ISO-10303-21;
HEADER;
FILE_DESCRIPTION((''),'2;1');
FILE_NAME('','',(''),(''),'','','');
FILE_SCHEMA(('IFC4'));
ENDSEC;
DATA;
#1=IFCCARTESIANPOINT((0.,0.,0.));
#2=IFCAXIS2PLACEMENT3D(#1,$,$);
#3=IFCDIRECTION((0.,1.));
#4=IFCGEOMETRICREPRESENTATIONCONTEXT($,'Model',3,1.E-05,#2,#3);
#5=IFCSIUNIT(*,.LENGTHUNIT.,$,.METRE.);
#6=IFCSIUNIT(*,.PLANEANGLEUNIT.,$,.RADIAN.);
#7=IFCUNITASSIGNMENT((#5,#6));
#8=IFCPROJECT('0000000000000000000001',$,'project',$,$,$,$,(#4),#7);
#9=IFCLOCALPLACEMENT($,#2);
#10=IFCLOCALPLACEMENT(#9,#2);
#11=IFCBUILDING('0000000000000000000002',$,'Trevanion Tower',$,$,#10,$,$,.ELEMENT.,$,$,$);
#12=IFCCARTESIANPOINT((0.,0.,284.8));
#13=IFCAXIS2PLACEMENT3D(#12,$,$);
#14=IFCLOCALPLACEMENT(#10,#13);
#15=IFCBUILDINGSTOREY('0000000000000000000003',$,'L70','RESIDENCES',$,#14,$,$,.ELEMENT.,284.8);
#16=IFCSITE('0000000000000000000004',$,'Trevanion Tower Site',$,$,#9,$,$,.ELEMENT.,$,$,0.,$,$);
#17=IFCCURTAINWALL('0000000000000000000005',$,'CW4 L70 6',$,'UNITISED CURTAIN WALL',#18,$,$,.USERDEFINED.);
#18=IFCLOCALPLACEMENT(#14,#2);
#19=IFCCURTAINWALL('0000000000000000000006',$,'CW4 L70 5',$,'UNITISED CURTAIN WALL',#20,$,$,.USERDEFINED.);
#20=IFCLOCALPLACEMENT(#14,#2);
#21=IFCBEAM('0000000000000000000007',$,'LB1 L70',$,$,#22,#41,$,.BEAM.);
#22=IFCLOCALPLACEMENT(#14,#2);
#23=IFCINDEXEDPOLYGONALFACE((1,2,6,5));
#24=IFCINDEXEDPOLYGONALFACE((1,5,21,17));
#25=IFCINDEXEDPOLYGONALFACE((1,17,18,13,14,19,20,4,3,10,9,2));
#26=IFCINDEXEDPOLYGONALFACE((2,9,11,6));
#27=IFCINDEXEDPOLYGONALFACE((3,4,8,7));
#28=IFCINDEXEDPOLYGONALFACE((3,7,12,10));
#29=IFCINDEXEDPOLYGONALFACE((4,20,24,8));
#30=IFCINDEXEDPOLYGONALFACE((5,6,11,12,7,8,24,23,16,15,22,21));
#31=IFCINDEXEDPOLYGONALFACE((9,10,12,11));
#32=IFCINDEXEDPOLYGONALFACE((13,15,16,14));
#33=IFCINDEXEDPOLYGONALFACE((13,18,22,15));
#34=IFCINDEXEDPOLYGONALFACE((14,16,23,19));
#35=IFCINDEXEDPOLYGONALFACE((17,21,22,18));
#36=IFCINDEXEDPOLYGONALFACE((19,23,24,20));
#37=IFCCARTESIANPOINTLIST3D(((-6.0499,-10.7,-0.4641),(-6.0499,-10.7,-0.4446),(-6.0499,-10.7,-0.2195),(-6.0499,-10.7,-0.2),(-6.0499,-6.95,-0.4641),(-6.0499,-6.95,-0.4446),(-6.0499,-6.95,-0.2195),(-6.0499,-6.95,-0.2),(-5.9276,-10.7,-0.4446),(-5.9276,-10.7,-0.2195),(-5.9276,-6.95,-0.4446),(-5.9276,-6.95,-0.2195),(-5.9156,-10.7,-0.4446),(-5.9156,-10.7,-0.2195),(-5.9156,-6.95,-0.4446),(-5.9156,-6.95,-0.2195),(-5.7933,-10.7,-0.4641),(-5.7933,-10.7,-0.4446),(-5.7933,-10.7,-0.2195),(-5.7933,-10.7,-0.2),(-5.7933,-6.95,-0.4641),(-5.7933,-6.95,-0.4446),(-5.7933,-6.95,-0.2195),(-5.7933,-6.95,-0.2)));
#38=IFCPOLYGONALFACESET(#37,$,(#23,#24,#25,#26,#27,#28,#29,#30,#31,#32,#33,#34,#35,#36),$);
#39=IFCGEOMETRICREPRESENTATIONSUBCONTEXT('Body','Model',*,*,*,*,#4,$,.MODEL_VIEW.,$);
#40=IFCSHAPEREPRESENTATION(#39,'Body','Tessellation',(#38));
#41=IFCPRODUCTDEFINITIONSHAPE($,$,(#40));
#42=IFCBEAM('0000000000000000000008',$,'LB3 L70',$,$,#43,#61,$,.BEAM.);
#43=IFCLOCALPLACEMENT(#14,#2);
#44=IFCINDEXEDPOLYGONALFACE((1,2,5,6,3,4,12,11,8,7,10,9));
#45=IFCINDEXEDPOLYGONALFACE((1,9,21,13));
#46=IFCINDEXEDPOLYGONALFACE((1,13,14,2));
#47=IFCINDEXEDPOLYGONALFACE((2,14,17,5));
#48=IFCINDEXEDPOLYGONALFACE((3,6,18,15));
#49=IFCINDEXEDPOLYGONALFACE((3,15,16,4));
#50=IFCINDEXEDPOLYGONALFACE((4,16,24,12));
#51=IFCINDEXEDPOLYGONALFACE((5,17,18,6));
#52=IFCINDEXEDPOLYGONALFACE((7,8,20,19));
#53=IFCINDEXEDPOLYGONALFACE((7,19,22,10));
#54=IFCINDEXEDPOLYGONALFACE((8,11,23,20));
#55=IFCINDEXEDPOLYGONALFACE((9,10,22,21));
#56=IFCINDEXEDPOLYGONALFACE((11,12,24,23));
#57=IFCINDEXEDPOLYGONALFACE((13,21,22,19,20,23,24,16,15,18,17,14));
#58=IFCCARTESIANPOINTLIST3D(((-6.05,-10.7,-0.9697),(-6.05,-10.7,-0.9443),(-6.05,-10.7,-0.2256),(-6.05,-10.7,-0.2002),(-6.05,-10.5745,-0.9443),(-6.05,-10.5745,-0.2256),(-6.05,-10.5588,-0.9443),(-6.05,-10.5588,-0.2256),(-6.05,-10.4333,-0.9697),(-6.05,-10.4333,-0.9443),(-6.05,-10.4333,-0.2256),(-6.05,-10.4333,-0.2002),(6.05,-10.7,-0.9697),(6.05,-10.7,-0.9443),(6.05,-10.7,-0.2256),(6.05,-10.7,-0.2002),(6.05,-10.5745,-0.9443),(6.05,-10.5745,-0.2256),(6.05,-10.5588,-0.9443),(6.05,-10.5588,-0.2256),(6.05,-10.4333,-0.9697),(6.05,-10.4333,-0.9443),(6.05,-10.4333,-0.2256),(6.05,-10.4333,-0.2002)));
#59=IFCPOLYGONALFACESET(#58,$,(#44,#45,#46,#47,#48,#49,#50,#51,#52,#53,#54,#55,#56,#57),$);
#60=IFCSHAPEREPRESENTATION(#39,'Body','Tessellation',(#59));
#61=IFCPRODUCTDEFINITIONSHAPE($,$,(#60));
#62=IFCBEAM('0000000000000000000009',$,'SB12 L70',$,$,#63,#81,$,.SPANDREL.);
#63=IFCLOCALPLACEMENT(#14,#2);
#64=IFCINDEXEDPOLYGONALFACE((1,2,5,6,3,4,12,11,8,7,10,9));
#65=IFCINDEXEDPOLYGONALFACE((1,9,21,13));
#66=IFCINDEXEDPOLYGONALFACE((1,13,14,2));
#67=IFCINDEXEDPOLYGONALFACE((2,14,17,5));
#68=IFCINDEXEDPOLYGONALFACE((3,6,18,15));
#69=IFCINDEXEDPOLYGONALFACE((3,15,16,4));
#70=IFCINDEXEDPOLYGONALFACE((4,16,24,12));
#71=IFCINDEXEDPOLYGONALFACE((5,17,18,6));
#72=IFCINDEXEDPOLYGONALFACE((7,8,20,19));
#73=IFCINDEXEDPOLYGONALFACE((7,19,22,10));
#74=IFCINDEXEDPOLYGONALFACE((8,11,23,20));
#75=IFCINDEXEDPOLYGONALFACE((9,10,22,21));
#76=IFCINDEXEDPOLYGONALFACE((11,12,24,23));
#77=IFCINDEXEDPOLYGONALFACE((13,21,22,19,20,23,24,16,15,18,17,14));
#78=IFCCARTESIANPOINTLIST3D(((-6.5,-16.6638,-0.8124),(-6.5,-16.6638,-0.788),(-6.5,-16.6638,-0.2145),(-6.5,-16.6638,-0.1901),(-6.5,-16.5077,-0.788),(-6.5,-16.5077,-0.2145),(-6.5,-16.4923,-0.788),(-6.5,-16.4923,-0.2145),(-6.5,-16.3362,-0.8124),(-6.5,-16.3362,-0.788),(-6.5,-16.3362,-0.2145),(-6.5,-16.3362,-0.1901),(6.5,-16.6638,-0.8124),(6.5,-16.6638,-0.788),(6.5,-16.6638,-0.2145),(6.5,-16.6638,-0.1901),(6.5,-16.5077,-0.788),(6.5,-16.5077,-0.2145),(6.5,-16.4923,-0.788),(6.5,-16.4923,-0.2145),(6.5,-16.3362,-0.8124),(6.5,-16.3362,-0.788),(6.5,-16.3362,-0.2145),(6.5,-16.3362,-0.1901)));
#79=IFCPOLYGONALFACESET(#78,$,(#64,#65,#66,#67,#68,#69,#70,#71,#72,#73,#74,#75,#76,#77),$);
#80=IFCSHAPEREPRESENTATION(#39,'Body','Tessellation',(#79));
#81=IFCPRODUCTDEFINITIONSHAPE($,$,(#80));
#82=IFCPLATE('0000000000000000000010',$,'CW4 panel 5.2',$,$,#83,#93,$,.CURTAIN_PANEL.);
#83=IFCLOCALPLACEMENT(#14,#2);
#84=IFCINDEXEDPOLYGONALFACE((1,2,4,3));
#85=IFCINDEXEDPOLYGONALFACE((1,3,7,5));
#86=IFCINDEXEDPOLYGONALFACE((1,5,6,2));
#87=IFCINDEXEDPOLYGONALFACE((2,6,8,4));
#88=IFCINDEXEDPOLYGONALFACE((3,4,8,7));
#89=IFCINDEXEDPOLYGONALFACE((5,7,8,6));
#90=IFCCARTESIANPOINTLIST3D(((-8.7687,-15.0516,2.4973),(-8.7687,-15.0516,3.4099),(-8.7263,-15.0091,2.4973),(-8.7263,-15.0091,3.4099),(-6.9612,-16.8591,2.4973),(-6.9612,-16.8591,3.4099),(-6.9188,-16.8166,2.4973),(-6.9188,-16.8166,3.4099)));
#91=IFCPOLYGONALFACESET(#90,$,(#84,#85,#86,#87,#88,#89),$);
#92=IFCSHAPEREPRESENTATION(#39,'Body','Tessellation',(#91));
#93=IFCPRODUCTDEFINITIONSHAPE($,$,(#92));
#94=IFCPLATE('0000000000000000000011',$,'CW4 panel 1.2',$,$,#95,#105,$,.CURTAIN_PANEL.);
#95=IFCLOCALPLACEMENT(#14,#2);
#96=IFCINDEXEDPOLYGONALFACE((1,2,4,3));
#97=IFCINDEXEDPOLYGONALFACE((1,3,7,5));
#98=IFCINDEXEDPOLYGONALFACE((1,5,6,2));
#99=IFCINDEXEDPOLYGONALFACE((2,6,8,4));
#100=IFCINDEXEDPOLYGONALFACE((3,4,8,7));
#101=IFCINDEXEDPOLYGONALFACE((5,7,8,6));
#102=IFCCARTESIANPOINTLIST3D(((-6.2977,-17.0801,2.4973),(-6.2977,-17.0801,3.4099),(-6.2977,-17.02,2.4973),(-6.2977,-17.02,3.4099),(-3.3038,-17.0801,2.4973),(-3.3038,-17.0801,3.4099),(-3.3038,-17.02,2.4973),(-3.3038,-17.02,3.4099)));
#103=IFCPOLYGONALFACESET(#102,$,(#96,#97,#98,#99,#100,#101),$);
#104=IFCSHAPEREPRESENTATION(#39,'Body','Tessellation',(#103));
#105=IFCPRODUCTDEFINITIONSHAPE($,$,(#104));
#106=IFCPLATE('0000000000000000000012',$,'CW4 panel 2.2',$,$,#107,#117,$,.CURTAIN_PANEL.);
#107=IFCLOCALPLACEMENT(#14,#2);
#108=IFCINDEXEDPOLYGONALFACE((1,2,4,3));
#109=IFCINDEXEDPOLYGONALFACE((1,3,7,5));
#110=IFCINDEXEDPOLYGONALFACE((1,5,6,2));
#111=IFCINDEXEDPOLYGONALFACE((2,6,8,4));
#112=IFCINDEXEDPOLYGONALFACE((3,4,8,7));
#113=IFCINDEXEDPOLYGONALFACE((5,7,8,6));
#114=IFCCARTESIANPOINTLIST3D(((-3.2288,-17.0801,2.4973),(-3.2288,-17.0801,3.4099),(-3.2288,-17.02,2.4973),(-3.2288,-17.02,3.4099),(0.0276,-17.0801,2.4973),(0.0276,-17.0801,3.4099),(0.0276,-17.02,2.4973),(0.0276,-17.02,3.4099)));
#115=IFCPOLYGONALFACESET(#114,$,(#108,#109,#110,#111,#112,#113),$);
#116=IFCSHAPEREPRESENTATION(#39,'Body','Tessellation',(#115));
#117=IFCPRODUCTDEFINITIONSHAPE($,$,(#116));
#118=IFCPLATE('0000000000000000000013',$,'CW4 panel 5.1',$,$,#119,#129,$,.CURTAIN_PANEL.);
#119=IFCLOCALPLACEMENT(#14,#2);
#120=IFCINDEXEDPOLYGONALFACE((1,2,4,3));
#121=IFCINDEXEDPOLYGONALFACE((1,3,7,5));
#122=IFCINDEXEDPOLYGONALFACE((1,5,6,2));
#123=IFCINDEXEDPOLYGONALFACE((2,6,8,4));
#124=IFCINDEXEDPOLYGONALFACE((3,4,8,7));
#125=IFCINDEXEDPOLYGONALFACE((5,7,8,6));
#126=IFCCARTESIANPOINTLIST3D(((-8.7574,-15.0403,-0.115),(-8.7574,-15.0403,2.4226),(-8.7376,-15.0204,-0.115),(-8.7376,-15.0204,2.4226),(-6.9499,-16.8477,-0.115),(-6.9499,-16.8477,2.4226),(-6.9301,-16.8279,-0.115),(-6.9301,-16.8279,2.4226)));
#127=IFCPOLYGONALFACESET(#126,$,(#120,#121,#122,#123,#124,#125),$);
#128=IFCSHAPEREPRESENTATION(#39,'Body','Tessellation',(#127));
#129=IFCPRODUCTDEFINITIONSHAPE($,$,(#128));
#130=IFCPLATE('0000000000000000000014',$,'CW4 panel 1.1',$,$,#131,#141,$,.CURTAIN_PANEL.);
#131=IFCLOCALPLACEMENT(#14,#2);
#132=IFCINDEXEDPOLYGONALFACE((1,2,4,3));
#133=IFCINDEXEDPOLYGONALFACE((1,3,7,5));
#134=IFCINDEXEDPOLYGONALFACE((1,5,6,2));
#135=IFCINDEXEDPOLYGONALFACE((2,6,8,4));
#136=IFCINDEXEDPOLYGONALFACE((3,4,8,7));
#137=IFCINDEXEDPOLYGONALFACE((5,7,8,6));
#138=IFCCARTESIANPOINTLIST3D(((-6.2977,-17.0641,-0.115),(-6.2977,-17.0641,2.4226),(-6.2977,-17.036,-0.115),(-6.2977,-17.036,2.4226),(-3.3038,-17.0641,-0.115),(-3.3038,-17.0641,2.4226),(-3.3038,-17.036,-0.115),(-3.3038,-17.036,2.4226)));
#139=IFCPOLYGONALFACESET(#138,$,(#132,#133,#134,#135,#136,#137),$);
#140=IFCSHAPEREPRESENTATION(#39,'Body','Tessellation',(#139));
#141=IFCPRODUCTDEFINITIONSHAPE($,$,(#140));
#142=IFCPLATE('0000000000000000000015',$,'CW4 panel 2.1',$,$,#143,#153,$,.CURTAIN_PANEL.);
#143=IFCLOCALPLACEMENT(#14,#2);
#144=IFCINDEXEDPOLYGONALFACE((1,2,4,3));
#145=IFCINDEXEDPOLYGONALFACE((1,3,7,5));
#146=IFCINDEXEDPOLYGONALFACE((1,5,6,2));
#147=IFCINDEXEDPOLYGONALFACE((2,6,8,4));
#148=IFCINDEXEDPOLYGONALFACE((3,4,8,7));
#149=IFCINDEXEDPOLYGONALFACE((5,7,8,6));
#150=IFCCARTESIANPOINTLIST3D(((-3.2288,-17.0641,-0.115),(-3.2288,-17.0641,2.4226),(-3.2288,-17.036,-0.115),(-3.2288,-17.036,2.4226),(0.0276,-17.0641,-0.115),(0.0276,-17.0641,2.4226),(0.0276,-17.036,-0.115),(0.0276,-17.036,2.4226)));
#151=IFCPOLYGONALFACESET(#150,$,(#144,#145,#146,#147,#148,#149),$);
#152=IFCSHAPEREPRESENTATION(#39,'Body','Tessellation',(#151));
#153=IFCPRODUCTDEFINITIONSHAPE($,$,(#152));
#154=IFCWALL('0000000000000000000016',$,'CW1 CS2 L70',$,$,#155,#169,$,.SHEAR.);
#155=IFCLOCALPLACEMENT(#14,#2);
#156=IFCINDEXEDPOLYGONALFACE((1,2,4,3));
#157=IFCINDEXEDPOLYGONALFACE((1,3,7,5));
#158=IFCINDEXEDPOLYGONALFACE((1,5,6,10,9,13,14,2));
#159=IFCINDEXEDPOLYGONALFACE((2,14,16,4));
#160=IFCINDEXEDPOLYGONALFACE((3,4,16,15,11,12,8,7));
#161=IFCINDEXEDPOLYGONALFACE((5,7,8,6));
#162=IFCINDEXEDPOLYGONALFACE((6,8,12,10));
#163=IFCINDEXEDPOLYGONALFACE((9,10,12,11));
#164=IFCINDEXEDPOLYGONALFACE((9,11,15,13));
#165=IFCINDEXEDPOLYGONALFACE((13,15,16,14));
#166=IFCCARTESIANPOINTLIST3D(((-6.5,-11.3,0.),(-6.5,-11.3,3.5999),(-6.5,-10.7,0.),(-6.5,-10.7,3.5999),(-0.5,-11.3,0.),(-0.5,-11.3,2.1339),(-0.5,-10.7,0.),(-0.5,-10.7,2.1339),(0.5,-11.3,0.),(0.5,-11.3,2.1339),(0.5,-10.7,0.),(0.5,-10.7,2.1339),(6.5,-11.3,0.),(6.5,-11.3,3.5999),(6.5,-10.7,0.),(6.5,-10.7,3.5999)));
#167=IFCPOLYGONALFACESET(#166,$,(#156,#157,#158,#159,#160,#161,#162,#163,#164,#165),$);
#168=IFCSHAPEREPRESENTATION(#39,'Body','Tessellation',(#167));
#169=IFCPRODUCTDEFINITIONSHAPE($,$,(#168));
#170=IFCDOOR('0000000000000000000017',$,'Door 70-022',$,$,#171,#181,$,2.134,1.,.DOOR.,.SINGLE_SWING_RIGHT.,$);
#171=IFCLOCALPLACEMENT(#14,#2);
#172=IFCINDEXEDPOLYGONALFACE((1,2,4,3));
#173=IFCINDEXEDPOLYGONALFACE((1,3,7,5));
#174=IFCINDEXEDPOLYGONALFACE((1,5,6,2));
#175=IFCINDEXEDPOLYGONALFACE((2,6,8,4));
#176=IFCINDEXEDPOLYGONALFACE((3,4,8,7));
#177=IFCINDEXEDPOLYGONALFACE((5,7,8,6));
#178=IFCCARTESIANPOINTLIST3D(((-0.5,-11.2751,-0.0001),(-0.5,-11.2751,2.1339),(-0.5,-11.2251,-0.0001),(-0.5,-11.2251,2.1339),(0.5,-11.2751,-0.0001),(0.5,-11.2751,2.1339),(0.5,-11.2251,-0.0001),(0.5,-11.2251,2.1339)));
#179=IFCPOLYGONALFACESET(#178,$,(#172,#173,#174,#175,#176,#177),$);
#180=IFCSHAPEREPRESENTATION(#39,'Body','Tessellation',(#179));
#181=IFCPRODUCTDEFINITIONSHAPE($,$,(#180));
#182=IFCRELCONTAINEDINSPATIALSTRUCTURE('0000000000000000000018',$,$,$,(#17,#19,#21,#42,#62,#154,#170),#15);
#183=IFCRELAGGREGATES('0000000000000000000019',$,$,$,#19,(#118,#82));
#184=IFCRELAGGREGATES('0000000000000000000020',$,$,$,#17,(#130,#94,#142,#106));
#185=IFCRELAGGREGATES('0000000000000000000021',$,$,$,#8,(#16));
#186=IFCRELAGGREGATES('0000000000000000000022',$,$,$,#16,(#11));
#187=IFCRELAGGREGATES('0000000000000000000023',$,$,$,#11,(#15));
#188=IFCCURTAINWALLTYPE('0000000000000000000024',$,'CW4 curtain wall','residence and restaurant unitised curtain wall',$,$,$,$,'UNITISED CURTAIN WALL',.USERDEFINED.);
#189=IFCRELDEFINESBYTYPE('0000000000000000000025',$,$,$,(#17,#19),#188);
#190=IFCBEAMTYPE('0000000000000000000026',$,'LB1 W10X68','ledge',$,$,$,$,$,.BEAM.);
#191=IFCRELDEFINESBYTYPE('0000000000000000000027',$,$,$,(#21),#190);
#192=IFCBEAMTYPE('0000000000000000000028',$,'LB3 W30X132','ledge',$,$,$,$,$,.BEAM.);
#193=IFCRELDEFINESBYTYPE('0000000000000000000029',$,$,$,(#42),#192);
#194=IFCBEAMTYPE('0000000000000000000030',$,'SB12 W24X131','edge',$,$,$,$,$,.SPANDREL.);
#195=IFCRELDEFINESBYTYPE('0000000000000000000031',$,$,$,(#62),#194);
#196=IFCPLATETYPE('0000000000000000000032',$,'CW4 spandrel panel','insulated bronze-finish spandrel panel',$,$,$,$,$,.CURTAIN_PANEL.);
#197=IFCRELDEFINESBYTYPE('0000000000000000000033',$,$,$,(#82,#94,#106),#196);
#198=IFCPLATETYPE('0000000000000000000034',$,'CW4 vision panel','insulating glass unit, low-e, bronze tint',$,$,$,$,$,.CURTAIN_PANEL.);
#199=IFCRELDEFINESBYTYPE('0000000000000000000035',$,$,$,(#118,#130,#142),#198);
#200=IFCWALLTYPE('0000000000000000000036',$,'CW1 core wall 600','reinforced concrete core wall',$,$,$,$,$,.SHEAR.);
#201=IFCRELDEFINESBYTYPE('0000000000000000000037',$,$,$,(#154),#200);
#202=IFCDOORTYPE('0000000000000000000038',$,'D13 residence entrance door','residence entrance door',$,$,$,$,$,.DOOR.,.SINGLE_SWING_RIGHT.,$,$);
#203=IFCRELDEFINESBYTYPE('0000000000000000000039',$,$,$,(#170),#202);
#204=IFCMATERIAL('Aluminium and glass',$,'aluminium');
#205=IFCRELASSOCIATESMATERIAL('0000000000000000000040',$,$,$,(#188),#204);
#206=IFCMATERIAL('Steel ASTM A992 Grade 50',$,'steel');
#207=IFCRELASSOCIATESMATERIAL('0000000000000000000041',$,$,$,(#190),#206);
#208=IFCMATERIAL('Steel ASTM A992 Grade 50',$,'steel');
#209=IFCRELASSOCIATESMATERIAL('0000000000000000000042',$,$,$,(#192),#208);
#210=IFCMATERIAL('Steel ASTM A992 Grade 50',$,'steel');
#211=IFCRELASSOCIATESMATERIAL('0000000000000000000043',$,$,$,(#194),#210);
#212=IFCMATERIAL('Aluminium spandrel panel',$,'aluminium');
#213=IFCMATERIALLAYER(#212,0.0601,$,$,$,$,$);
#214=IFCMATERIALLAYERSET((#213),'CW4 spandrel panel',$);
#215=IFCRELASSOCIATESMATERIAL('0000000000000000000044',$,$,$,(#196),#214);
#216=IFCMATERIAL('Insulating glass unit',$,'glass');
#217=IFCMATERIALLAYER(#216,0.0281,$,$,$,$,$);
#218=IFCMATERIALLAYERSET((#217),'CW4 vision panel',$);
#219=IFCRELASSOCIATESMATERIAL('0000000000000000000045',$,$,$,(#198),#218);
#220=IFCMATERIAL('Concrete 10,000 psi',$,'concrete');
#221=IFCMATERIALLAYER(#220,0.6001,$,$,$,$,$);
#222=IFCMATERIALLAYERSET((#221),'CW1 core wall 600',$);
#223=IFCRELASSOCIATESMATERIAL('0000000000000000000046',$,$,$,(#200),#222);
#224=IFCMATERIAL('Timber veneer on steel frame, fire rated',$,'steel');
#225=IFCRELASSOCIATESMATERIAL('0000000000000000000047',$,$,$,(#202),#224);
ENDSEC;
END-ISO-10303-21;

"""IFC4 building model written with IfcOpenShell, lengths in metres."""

from ifc_helpers import new_model, si_unit, direction, frame, frame_2d, origin, origin_2d, place, context, subcontext, project, spatial, rectangle, i_section, extrude, material, layer, layer_set, material_profile, profile_set, type_object, element, fill, aggregate, save


model = new_model("IFC4")

# Units and contexts
model_context = context("Model", 3, precision=1e-05, world=origin(), true_north=direction((0.0, 1.0)))
body_context = subcontext(model_context, "Body", "Model", "MODEL_VIEW")
ifc_project = project(units=[si_unit("LENGTHUNIT", "METRE"), si_unit("PLANEANGLEUNIT", "RADIAN")], contexts=[model_context])

# Site, building, storey
site_placement = place(None, origin())
site = spatial("IfcSite", under=ifc_project, at=site_placement, Name="Trevanion Tower Site", CompositionType="ELEMENT", RefElevation=0.0)
building_placement = place(site_placement, origin())
building = spatial("IfcBuilding", under=site, at=building_placement, Name="Trevanion Tower", CompositionType="ELEMENT")
storey_placement = place(building_placement, frame((0.0, 0.0, 284.8)))
storey = spatial("IfcBuildingStorey", under=building, at=storey_placement, Name="L70", Description="RESIDENCES", CompositionType="ELEMENT", Elevation=284.8)

# Curtain walls
ifc_material_1 = material(Name="Aluminium and glass", Category="aluminium")
curtain_wall_type = type_object("IfcCurtainWallType", Name="CW4 curtain wall", Description="residence and restaurant unitised curtain wall", ElementType="UNITISED CURTAIN WALL", PredefinedType="USERDEFINED", material=ifc_material_1)
curtain_wall_1_placement = place(storey_placement, origin())
curtain_wall_1 = element("IfcCurtainWall", 1, at=curtain_wall_1_placement, inside=storey, type_object=curtain_wall_type, Name="CW4 L70 6", ObjectType="UNITISED CURTAIN WALL", PredefinedType="USERDEFINED")
curtain_wall_2_placement = place(storey_placement, origin())
curtain_wall_2 = element("IfcCurtainWall", 2, at=curtain_wall_2_placement, inside=storey, type_object=curtain_wall_type, Name="CW4 L70 5", ObjectType="UNITISED CURTAIN WALL", PredefinedType="USERDEFINED")

# Beams
ifc_material_2 = material(Name="Steel ASTM A992 Grade 50", Category="steel")
ifc_material_profile_1 = material_profile(ifc_material_2, i_section(OverallWidth=0.2566, OverallDepth=0.2642, WebThickness=0.012, FlangeThickness=0.0195, at=origin_2d()), Name="W10X68")
ifc_profile_set_1 = profile_set([ifc_material_profile_1], Name="Steel ASTM A992 Grade 50")
beam_type_1 = type_object("IfcBeamType", Name="LB1 W10X68", Description="ledge", PredefinedType="BEAM", material=ifc_profile_set_1)
beam_1_placement = place(storey_placement, frame((-5.9216, -10.7, -0.332), z_axis=(0.0, 1.0, 0.0), x_axis=(-1.0, 0.0, 0.0)))
element("IfcBeam", 3, at=beam_1_placement, inside=storey, type_object=beam_type_1, Name="LB1 L70", PredefinedType="BEAM", context=body_context, shape_type="SweptSolid", body=[
    extrude(i_section(OverallWidth=0.2566, OverallDepth=0.2642, WebThickness=0.012, FlangeThickness=0.0195, at=origin_2d()), origin(), (0.0, 0.0, 1.0), 3.75),
])
ifc_material_3 = material(Name="Steel ASTM A992 Grade 50", Category="steel")
ifc_material_profile_2 = material_profile(ifc_material_3, i_section(OverallWidth=0.2666, OverallDepth=0.7695, WebThickness=0.0156, FlangeThickness=0.0254, at=origin_2d()), Name="W30X132")
ifc_profile_set_2 = profile_set([ifc_material_profile_2], Name="Steel ASTM A992 Grade 50")
beam_type_2 = type_object("IfcBeamType", Name="LB3 W30X132", Description="ledge", PredefinedType="BEAM", material=ifc_profile_set_2)
beam_2_placement = place(storey_placement, frame((-6.05, -10.5667, -0.585), z_axis=(1.0, 0.0, 0.0), x_axis=(0.0, 1.0, 0.0)))
element("IfcBeam", 4, at=beam_2_placement, inside=storey, type_object=beam_type_2, Name="LB3 L70", PredefinedType="BEAM", context=body_context, shape_type="SweptSolid", body=[
    extrude(i_section(OverallWidth=0.2666, OverallDepth=0.7695, WebThickness=0.0156, FlangeThickness=0.0254, at=origin_2d()), origin(), (0.0, 0.0, 1.0), 12.1001),
])
ifc_material_4 = material(Name="Steel ASTM A992 Grade 50", Category="steel")
ifc_material_profile_3 = material_profile(ifc_material_4, i_section(OverallWidth=0.3276, OverallDepth=0.6223, WebThickness=0.0154, FlangeThickness=0.0244, at=origin_2d()), Name="W24X131")
ifc_profile_set_3 = profile_set([ifc_material_profile_3], Name="Steel ASTM A992 Grade 50")
beam_type_3 = type_object("IfcBeamType", Name="SB12 W24X131", Description="edge", PredefinedType="SPANDREL", material=ifc_profile_set_3)
beam_3_placement = place(storey_placement, frame((-6.5, -16.5, -0.5012), z_axis=(1.0, 0.0, 0.0), x_axis=(0.0, 1.0, 0.0)))
element("IfcBeam", 5, at=beam_3_placement, inside=storey, type_object=beam_type_3, Name="SB12 L70", PredefinedType="SPANDREL", context=body_context, shape_type="SweptSolid", body=[
    extrude(i_section(OverallWidth=0.3276, OverallDepth=0.6223, WebThickness=0.0154, FlangeThickness=0.0244, at=origin_2d()), origin(), (0.0, 0.0, 1.0), 13.0),
])

# Plates
ifc_material_5 = material(Name="Aluminium spandrel panel", Category="aluminium")
ifc_layer_1 = layer(ifc_material_5, 0.0601)
ifc_layer_set_1 = layer_set([ifc_layer_1], Name="CW4 spandrel panel")
plate_type_1 = type_object("IfcPlateType", Name="CW4 spandrel panel", Description="insulated bronze-finish spandrel panel", PredefinedType="CURTAIN_PANEL", material=ifc_layer_set_1)
plate_1_placement = place(storey_placement, frame((-7.8438, -15.9341, 2.4973), z_axis=(0.0, 0.0, 1.0), x_axis=(0.707107, -0.707107, 0.0)))
plate_1 = element("IfcPlate", 6, at=plate_1_placement, type_object=plate_type_1, Name="CW4 panel 5.2", PredefinedType="CURTAIN_PANEL", context=body_context, shape_type="SweptSolid", body=[
    extrude(rectangle(XDim=2.5562, YDim=0.0601, at=origin_2d()), origin(), (0.0, 0.0, 1.0), 0.9126),
])
plate_2_placement = place(storey_placement, frame((-4.8008, -17.05, 2.4973), z_axis=(0.0, 0.0, 1.0), x_axis=(1.0, 0.0, 0.0)))
plate_2 = element("IfcPlate", 7, at=plate_2_placement, type_object=plate_type_1, Name="CW4 panel 1.2", PredefinedType="CURTAIN_PANEL", context=body_context, shape_type="SweptSolid", body=[
    extrude(rectangle(XDim=2.9939, YDim=0.0601, at=origin_2d()), origin(), (0.0, 0.0, 1.0), 0.9126),
])
plate_3_placement = place(storey_placement, frame((-1.6006, -17.05, 2.4973), z_axis=(0.0, 0.0, 1.0), x_axis=(1.0, 0.0, 0.0)))
plate_3 = element("IfcPlate", 8, at=plate_3_placement, type_object=plate_type_1, Name="CW4 panel 2.2", PredefinedType="CURTAIN_PANEL", context=body_context, shape_type="SweptSolid", body=[
    extrude(rectangle(XDim=3.2563, YDim=0.0601, at=origin_2d()), origin(), (0.0, 0.0, 1.0), 0.9126),
])
ifc_material_6 = material(Name="Insulating glass unit", Category="glass")
ifc_layer_2 = layer(ifc_material_6, 0.0281)
ifc_layer_set_2 = layer_set([ifc_layer_2], Name="CW4 vision panel")
plate_type_2 = type_object("IfcPlateType", Name="CW4 vision panel", Description="insulating glass unit, low-e, bronze tint", PredefinedType="CURTAIN_PANEL", material=ifc_layer_set_2)
plate_4_placement = place(storey_placement, frame((-7.8438, -15.9341, -0.115), z_axis=(0.0, 0.0, 1.0), x_axis=(0.707107, -0.707107, 0.0)))
plate_4 = element("IfcPlate", 9, at=plate_4_placement, type_object=plate_type_2, Name="CW4 panel 5.1", PredefinedType="CURTAIN_PANEL", context=body_context, shape_type="SweptSolid", body=[
    extrude(rectangle(XDim=2.5562, YDim=0.0281, at=origin_2d()), origin(), (0.0, 0.0, 1.0), 2.5376),
])
aggregate(curtain_wall_2, [plate_4, plate_1])
plate_5_placement = place(storey_placement, frame((-4.8008, -17.05, -0.115), z_axis=(0.0, 0.0, 1.0), x_axis=(1.0, 0.0, 0.0)))
plate_5 = element("IfcPlate", 10, at=plate_5_placement, type_object=plate_type_2, Name="CW4 panel 1.1", PredefinedType="CURTAIN_PANEL", context=body_context, shape_type="SweptSolid", body=[
    extrude(rectangle(XDim=2.9939, YDim=0.0281, at=origin_2d()), origin(), (0.0, 0.0, 1.0), 2.5376),
])
plate_6_placement = place(storey_placement, frame((-1.6006, -17.05, -0.115), z_axis=(0.0, 0.0, 1.0), x_axis=(1.0, 0.0, 0.0)))
plate_6 = element("IfcPlate", 11, at=plate_6_placement, type_object=plate_type_2, Name="CW4 panel 2.1", PredefinedType="CURTAIN_PANEL", context=body_context, shape_type="SweptSolid", body=[
    extrude(rectangle(XDim=3.2563, YDim=0.0281, at=origin_2d()), origin(), (0.0, 0.0, 1.0), 2.5376),
])
aggregate(curtain_wall_1, [plate_5, plate_2, plate_6, plate_3])

# Wall, opening, door
ifc_material_7 = material(Name="Concrete 10,000 psi", Category="concrete")
ifc_layer_3 = layer(ifc_material_7, 0.6001)
ifc_layer_set_3 = layer_set([ifc_layer_3], Name="CW1 core wall 600")
wall_type_1 = type_object("IfcWallType", Name="CW1 core wall 600", Description="reinforced concrete core wall", PredefinedType="SHEAR", material=ifc_layer_set_3)
wall_1_placement = place(storey_placement, frame((-6.5, -11.0, 0.0), z_axis=(0.0, 0.0, 1.0), x_axis=(1.0, 0.0, 0.0)))
wall_1 = element("IfcWall", 12, at=wall_1_placement, inside=storey, type_object=wall_type_1, Name="CW1 CS2 L70", PredefinedType="SHEAR", context=body_context, shape_type="SweptSolid", body=[
    extrude(rectangle(XDim=13.0, YDim=0.6001, at=frame_2d((6.5, 0.0))), origin(), (0.0, 0.0, 1.0), 3.5999),
])
opening_1_placement = place(wall_1_placement, frame((6.0, 0.0, 0.0)))
opening_1 = element("IfcOpeningElement", 13, at=opening_1_placement, cuts=wall_1, PredefinedType="OPENING", context=body_context, shape_type="SweptSolid", body=[
    extrude(rectangle(XDim=1.0, YDim=2.134, at=frame_2d((0.5, 1.0669))), frame((0.0, 0.3101, 0.0), z_axis=(0.0, -1.0, 0.0), x_axis=(1.0, 0.0, 0.0)), (0.0, 0.0, 1.0), 0.6201),
])
ifc_material_8 = material(Name="Timber veneer on steel frame, fire rated", Category="steel")
door_type_1 = type_object("IfcDoorType", Name="D13 residence entrance door", Description="residence entrance door", OperationType="SINGLE_SWING_RIGHT", PredefinedType="DOOR", material=ifc_material_8)
door_1_placement = place(opening_1_placement, origin())
door_1 = element("IfcDoor", 14, at=door_1_placement, inside=storey, type_object=door_type_1, Name="Door 70-022", OperationType="SINGLE_SWING_RIGHT", OverallHeight=2.134, OverallWidth=1.0, PredefinedType="DOOR", context=body_context, shape_type="SweptSolid", body=[
    extrude(rectangle(XDim=1.0, YDim=2.134, at=frame_2d((0.5, 1.0669))), frame((0.0, -0.2251, 0.0), z_axis=(0.0, -1.0, 0.0), x_axis=(1.0, 0.0, 0.0)), (0.0, 0.0, 1.0), 0.05),
])
fill(opening_1, door_1)

save(model, "model.ifc")
